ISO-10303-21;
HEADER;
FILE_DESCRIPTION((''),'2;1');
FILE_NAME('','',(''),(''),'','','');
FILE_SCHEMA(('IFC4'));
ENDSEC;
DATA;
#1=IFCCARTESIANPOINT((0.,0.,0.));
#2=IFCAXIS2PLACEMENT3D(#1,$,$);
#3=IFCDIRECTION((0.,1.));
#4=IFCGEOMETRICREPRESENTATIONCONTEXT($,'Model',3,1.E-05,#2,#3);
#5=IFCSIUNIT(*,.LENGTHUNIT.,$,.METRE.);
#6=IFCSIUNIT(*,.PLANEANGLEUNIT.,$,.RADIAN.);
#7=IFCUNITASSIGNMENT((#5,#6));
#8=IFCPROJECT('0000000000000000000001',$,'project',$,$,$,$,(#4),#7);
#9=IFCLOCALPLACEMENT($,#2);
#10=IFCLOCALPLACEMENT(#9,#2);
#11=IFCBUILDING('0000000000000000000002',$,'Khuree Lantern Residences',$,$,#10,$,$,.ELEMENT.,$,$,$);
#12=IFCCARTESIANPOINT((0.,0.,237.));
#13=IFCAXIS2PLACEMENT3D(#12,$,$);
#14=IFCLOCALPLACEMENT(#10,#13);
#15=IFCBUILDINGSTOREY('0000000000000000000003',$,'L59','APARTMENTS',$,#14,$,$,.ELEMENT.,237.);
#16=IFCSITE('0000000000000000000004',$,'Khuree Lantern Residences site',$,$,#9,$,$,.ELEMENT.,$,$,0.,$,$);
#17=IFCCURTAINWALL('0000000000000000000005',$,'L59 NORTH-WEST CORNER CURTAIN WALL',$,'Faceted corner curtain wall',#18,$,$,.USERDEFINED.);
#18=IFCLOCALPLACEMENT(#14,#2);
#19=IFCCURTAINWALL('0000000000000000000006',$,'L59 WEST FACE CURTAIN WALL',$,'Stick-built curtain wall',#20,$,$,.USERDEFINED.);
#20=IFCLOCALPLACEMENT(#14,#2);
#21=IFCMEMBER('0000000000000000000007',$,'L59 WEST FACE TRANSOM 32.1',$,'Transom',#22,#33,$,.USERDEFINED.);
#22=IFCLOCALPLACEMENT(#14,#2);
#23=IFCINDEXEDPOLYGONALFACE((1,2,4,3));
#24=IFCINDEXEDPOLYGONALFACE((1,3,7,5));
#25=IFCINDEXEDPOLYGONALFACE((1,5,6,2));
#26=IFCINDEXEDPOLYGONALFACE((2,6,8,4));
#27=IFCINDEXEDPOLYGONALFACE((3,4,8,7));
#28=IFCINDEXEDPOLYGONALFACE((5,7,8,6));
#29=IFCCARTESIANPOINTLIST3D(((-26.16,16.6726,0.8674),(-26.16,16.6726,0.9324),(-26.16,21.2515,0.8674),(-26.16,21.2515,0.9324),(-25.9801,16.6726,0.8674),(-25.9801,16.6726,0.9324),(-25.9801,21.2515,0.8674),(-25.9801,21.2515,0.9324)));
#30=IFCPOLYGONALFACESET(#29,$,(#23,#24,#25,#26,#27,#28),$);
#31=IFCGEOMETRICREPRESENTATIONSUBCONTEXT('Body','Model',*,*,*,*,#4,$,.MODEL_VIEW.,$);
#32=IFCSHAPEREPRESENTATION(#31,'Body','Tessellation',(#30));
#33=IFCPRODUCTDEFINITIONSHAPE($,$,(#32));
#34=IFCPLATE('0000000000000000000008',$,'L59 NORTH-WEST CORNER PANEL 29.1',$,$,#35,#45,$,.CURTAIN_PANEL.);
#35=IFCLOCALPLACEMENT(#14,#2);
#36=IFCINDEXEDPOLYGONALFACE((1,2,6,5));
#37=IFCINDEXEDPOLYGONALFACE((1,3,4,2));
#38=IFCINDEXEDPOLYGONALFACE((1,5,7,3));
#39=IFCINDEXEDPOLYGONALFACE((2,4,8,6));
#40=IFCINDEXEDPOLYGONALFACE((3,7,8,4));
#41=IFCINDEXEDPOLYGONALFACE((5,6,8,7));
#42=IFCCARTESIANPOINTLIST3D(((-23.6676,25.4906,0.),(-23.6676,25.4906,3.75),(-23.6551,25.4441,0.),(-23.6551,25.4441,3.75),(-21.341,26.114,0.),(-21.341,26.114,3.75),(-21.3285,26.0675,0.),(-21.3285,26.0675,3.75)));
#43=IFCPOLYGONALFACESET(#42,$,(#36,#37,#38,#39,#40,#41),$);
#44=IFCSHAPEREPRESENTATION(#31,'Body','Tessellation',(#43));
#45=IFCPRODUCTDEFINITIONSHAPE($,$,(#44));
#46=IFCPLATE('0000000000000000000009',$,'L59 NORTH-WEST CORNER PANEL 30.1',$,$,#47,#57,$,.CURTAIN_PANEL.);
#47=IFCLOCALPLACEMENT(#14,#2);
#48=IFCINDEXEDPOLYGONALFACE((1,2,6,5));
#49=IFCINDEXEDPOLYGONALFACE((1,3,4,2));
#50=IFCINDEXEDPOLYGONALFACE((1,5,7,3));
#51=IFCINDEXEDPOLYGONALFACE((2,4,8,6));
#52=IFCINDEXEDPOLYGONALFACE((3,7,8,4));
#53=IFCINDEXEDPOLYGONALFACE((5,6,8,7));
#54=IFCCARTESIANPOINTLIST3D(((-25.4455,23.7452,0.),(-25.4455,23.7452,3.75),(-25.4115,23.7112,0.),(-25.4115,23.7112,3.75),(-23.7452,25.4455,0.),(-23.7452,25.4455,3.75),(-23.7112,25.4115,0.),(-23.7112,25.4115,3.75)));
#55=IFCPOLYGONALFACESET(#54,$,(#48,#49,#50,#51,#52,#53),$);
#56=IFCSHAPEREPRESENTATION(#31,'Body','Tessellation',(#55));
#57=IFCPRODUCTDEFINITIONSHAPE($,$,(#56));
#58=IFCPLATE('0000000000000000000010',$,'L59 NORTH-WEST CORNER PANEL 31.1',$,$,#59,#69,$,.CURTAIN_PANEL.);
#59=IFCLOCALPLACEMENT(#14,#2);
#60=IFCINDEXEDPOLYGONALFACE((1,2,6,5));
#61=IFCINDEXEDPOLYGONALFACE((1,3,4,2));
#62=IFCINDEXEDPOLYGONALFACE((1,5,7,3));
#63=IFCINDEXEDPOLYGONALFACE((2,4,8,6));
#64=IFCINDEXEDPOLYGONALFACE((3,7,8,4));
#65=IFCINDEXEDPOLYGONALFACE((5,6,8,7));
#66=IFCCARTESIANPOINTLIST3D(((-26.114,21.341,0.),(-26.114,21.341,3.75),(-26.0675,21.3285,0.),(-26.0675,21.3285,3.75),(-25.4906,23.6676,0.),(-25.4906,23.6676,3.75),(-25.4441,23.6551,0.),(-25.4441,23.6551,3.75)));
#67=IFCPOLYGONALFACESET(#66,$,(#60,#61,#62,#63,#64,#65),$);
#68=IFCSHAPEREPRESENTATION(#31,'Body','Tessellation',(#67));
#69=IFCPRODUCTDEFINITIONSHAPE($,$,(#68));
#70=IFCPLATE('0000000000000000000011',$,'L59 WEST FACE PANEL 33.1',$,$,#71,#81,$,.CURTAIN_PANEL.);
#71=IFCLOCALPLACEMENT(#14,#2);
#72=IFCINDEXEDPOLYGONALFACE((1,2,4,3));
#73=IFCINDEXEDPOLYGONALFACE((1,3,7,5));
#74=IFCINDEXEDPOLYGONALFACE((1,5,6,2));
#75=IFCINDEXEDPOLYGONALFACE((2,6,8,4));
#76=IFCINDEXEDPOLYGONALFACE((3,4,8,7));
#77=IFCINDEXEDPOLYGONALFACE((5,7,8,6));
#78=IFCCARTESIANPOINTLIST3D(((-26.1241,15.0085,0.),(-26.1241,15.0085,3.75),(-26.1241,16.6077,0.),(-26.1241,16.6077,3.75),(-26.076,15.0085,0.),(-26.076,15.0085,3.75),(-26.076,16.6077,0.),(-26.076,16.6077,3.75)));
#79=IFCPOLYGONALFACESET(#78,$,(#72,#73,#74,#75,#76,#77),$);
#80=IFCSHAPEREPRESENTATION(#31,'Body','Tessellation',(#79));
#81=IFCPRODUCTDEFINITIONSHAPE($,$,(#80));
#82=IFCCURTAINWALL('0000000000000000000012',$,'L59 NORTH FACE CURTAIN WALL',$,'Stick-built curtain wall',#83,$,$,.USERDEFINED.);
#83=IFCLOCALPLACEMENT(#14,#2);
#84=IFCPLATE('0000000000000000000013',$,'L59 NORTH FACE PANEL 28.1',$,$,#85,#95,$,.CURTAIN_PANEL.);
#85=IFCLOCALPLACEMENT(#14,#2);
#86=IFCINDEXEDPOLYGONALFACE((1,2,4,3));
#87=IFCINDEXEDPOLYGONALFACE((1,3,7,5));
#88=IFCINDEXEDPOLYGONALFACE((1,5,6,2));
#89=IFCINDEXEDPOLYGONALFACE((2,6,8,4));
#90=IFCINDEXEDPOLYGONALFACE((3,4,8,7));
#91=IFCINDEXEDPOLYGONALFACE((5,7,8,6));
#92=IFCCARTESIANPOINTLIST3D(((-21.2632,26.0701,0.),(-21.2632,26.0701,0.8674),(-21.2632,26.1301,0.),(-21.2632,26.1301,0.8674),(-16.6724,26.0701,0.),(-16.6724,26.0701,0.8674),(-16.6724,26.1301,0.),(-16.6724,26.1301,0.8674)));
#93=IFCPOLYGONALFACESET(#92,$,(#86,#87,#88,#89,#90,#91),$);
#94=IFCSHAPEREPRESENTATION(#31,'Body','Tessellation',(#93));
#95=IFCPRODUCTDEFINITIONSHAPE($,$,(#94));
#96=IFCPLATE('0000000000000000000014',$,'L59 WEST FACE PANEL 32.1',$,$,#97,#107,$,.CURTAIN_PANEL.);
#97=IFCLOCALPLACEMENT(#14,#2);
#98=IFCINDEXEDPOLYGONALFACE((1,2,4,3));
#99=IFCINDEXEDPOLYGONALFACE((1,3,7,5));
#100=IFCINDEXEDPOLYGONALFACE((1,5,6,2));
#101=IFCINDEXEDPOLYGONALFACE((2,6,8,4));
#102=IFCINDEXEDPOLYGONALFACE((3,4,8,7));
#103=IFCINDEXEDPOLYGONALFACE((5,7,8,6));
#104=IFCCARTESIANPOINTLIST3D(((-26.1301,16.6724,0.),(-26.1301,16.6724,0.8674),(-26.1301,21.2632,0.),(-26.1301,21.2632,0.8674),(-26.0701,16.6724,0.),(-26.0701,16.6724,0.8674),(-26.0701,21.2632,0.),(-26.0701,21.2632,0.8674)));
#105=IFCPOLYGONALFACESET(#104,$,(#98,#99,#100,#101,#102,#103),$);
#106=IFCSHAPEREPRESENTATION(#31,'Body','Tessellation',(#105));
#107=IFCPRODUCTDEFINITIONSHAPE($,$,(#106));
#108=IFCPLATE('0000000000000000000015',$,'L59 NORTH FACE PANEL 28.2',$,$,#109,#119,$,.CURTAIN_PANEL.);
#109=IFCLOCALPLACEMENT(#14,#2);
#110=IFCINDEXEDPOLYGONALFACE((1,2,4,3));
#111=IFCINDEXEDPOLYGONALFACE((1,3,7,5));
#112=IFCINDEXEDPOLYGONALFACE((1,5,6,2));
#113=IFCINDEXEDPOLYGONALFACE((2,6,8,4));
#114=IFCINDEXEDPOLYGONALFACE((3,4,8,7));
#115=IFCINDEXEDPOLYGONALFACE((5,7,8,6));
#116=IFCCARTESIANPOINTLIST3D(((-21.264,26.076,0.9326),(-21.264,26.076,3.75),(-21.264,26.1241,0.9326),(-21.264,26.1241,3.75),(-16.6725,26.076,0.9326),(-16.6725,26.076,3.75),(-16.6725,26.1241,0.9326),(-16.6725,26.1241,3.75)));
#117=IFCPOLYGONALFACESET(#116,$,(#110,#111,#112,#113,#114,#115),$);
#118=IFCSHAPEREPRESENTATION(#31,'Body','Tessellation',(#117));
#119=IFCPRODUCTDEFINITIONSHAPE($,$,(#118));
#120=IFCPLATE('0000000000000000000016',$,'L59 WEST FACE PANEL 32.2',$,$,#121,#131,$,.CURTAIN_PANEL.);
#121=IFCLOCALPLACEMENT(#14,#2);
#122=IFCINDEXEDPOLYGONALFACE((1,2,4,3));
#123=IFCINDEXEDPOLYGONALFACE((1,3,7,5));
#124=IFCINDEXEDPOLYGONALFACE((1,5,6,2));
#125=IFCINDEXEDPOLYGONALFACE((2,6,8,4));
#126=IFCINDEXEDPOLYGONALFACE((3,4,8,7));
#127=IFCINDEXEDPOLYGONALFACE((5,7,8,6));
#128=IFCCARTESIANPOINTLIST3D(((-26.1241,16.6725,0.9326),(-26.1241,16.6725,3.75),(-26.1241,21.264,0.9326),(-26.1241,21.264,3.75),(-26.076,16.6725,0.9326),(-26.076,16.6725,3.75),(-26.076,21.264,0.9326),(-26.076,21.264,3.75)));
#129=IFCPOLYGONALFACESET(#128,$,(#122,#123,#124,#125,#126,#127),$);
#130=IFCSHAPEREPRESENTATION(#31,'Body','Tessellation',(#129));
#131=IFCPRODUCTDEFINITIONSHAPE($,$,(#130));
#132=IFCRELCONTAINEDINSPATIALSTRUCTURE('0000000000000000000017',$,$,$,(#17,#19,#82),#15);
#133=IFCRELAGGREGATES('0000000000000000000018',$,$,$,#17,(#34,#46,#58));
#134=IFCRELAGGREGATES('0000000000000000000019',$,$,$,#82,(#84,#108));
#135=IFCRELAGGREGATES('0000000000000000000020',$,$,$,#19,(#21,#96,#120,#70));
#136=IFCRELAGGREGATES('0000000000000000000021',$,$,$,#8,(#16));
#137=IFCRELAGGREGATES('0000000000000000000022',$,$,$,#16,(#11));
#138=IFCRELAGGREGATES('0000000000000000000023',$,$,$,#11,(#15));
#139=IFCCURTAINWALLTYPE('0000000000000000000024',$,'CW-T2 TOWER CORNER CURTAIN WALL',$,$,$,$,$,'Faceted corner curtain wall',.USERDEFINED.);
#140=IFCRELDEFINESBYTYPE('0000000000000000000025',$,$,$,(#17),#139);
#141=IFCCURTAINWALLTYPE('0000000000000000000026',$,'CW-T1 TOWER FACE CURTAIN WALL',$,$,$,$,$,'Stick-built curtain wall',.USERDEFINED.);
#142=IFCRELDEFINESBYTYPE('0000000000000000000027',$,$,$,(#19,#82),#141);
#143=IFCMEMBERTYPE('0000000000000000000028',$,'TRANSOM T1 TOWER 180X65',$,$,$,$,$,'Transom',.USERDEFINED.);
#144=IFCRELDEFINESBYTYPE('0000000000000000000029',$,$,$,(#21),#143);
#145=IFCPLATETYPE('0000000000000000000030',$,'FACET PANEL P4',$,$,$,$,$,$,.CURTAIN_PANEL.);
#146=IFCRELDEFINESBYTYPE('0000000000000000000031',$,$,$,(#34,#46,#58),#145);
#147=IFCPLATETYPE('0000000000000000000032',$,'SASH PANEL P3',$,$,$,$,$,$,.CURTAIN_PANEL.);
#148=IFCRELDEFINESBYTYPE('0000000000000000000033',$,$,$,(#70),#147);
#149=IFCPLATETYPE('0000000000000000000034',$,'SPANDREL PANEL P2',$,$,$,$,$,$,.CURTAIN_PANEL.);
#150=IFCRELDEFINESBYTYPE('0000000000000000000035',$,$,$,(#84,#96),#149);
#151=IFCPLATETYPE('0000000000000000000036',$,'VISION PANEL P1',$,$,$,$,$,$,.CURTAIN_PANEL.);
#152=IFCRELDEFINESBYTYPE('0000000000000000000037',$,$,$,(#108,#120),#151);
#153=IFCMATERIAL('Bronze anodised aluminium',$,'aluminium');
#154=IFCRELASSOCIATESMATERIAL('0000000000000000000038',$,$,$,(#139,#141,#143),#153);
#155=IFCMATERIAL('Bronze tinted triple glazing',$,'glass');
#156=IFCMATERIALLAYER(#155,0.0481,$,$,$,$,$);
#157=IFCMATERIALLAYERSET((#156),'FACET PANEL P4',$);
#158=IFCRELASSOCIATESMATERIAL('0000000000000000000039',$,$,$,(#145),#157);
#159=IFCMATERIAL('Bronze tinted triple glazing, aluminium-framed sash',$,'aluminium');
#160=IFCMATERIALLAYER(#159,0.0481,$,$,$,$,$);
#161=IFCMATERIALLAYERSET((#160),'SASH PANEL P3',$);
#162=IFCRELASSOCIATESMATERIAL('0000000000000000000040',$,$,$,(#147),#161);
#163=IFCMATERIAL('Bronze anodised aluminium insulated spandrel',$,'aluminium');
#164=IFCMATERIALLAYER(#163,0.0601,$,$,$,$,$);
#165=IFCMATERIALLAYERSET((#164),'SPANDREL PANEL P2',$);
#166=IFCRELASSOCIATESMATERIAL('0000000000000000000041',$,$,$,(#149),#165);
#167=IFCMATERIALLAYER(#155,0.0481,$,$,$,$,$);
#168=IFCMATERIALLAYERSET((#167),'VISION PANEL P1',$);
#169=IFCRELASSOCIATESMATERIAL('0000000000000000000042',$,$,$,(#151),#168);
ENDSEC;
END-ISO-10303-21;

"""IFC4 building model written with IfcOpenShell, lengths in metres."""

from ifc_helpers import new_model, si_unit, direction, frame, origin, origin_2d, place, context, subcontext, project, spatial, rectangle, extrude, material, layer, layer_set, material_profile, profile_set, type_object, element, aggregate, save


model = new_model("IFC4")

# Units and contexts
model_context = context("Model", 3, precision=1e-05, world=origin(), true_north=direction((0.0, 1.0)))
body_context = subcontext(model_context, "Body", "Model", "MODEL_VIEW")
ifc_project = project(units=[si_unit("LENGTHUNIT", "METRE"), si_unit("PLANEANGLEUNIT", "RADIAN")], contexts=[model_context])

# Site, building, storey
site_placement = place(None, origin())
site = spatial("IfcSite", under=ifc_project, at=site_placement, Name="Khuree Lantern Residences site", CompositionType="ELEMENT", RefElevation=0.0)
building_placement = place(site_placement, origin())
building = spatial("IfcBuilding", under=site, at=building_placement, Name="Khuree Lantern Residences", CompositionType="ELEMENT")
storey_placement = place(building_placement, frame((0.0, 0.0, 237.0)))
storey = spatial("IfcBuildingStorey", under=building, at=storey_placement, Name="L59", Description="APARTMENTS", CompositionType="ELEMENT", Elevation=237.0)

# Curtain walls
ifc_material_1 = material(Name="Bronze anodised aluminium", Category="aluminium")
curtain_wall_type_1 = type_object("IfcCurtainWallType", Name="CW-T2 TOWER CORNER CURTAIN WALL", ElementType="Faceted corner curtain wall", PredefinedType="USERDEFINED", material=ifc_material_1)
curtain_wall_1_placement = place(storey_placement, origin())
curtain_wall_1 = element("IfcCurtainWall", 1, at=curtain_wall_1_placement, inside=storey, type_object=curtain_wall_type_1, Name="L59 NORTH-WEST CORNER CURTAIN WALL", ObjectType="Faceted corner curtain wall", PredefinedType="USERDEFINED")
curtain_wall_type_2 = type_object("IfcCurtainWallType", Name="CW-T1 TOWER FACE CURTAIN WALL", ElementType="Stick-built curtain wall", PredefinedType="USERDEFINED", material=ifc_material_1)
curtain_wall_2_placement = place(storey_placement, origin())
curtain_wall_2 = element("IfcCurtainWall", 2, at=curtain_wall_2_placement, inside=storey, type_object=curtain_wall_type_2, Name="L59 WEST FACE CURTAIN WALL", ObjectType="Stick-built curtain wall", PredefinedType="USERDEFINED")

# Member
ifc_material_profile_1 = material_profile(ifc_material_1, rectangle(XDim=0.1799, YDim=0.0649, at=origin_2d()), Name="T1 180X65")
ifc_profile_set_1 = profile_set([ifc_material_profile_1], Name="Bronze anodised aluminium")
member_type_1 = type_object("IfcMemberType", Name="TRANSOM T1 TOWER 180X65", ElementType="Transom", PredefinedType="USERDEFINED", material=ifc_profile_set_1)
member_1_placement = place(storey_placement, frame((-26.0701, 21.2515, 0.8999), z_axis=(0.0, -1.0, 0.0), x_axis=(1.0, 0.0, 0.0)))
member_1 = element("IfcMember", 3, at=member_1_placement, type_object=member_type_1, Name="L59 WEST FACE TRANSOM 32.1", ObjectType="Transom", PredefinedType="USERDEFINED", context=body_context, shape_type="SweptSolid", body=[
    extrude(rectangle(XDim=0.1799, YDim=0.0649, at=origin_2d()), origin(), (0.0, 0.0, 1.0), 4.5789),
])

# Plates
ifc_material_2 = material(Name="Bronze tinted triple glazing", Category="glass")
ifc_layer_1 = layer(ifc_material_2, 0.0481)
ifc_layer_set_1 = layer_set([ifc_layer_1], Name="FACET PANEL P4")
plate_type_1 = type_object("IfcPlateType", Name="FACET PANEL P4", PredefinedType="CURTAIN_PANEL", material=ifc_layer_set_1)
plate_1_placement = place(storey_placement, frame((-22.498, 25.7791, 0.0), z_axis=(0.0, 0.0, 1.0), x_axis=(-0.965926, -0.258819, 0.0)))
plate_1 = element("IfcPlate", 4, at=plate_1_placement, type_object=plate_type_1, Name="L59 NORTH-WEST CORNER PANEL 29.1", PredefinedType="CURTAIN_PANEL", context=body_context, shape_type="SweptSolid", body=[
    extrude(rectangle(XDim=2.4087, YDim=0.0481, at=origin_2d()), origin(), (0.0, 0.0, 1.0), 3.75),
])
plate_2_placement = place(storey_placement, frame((-24.5784, 24.5784, 0.0), z_axis=(0.0, 0.0, 1.0), x_axis=(-0.707107, -0.707107, 0.0)))
plate_2 = element("IfcPlate", 5, at=plate_2_placement, type_object=plate_type_1, Name="L59 NORTH-WEST CORNER PANEL 30.1", PredefinedType="CURTAIN_PANEL", context=body_context, shape_type="SweptSolid", body=[
    extrude(rectangle(XDim=2.4045, YDim=0.0481, at=origin_2d()), origin(), (0.0, 0.0, 1.0), 3.75),
])
plate_3_placement = place(storey_placement, frame((-25.7791, 22.498, 0.0), z_axis=(0.0, 0.0, 1.0), x_axis=(-0.258819, -0.965926, 0.0)))
plate_3 = element("IfcPlate", 6, at=plate_3_placement, type_object=plate_type_1, Name="L59 NORTH-WEST CORNER PANEL 31.1", PredefinedType="CURTAIN_PANEL", context=body_context, shape_type="SweptSolid", body=[
    extrude(rectangle(XDim=2.4087, YDim=0.0481, at=origin_2d()), origin(), (0.0, 0.0, 1.0), 3.75),
])
aggregate(curtain_wall_1, [plate_1, plate_2, plate_3])
ifc_material_3 = material(Name="Bronze tinted triple glazing, aluminium-framed sash", Category="aluminium")
ifc_layer_2 = layer(ifc_material_3, 0.0481)
ifc_layer_set_2 = layer_set([ifc_layer_2], Name="SASH PANEL P3")
plate_type_2 = type_object("IfcPlateType", Name="SASH PANEL P3", PredefinedType="CURTAIN_PANEL", material=ifc_layer_set_2)
plate_4_placement = place(storey_placement, frame((-26.1001, 15.8081, 0.0), z_axis=(0.0, 0.0, 1.0), x_axis=(0.0, -1.0, 0.0)))
plate_4 = element("IfcPlate", 7, at=plate_4_placement, type_object=plate_type_2, Name="L59 WEST FACE PANEL 33.1", PredefinedType="CURTAIN_PANEL", context=body_context, shape_type="SweptSolid", body=[
    extrude(rectangle(XDim=1.5991, YDim=0.0481, at=origin_2d()), origin(), (0.0, 0.0, 1.0), 3.75),
])

# Curtain wall, plate
curtain_wall_3_placement = place(storey_placement, origin())
curtain_wall_3 = element("IfcCurtainWall", 8, at=curtain_wall_3_placement, inside=storey, type_object=curtain_wall_type_2, Name="L59 NORTH FACE CURTAIN WALL", ObjectType="Stick-built curtain wall", PredefinedType="USERDEFINED")
ifc_material_4 = material(Name="Bronze anodised aluminium insulated spandrel", Category="aluminium")
ifc_layer_3 = layer(ifc_material_4, 0.0601)
ifc_layer_set_3 = layer_set([ifc_layer_3], Name="SPANDREL PANEL P2")
plate_type_3 = type_object("IfcPlateType", Name="SPANDREL PANEL P2", PredefinedType="CURTAIN_PANEL", material=ifc_layer_set_3)
plate_5_placement = place(storey_placement, frame((-18.9678, 26.1001, 0.0), z_axis=(0.0, 0.0, 1.0), x_axis=(-1.0, 0.0, 0.0)))
plate_5 = element("IfcPlate", 9, at=plate_5_placement, type_object=plate_type_3, Name="L59 NORTH FACE PANEL 28.1", PredefinedType="CURTAIN_PANEL", context=body_context, shape_type="SweptSolid", body=[
    extrude(rectangle(XDim=4.5908, YDim=0.0601, at=origin_2d()), origin(), (0.0, 0.0, 1.0), 0.8674),
])

# Plates
plate_6_placement = place(storey_placement, frame((-26.1001, 18.9678, 0.0), z_axis=(0.0, 0.0, 1.0), x_axis=(0.0, -1.0, 0.0)))
plate_6 = element("IfcPlate", 10, at=plate_6_placement, type_object=plate_type_3, Name="L59 WEST FACE PANEL 32.1", PredefinedType="CURTAIN_PANEL", context=body_context, shape_type="SweptSolid", body=[
    extrude(rectangle(XDim=4.5908, YDim=0.0601, at=origin_2d()), origin(), (0.0, 0.0, 1.0), 0.8674),
])
ifc_layer_4 = layer(ifc_material_2, 0.0481)
ifc_layer_set_4 = layer_set([ifc_layer_4], Name="VISION PANEL P1")
plate_type_4 = type_object("IfcPlateType", Name="VISION PANEL P1", PredefinedType="CURTAIN_PANEL", material=ifc_layer_set_4)
plate_7_placement = place(storey_placement, frame((-18.9683, 26.1001, 0.9326), z_axis=(0.0, 0.0, 1.0), x_axis=(-1.0, 0.0, 0.0)))
plate_7 = element("IfcPlate", 11, at=plate_7_placement, type_object=plate_type_4, Name="L59 NORTH FACE PANEL 28.2", PredefinedType="CURTAIN_PANEL", context=body_context, shape_type="SweptSolid", body=[
    extrude(rectangle(XDim=4.5916, YDim=0.0481, at=origin_2d()), origin(), (0.0, 0.0, 1.0), 2.8174),
])
aggregate(curtain_wall_3, [plate_5, plate_7])
plate_8_placement = place(storey_placement, frame((-26.1001, 18.9683, 0.9326), z_axis=(0.0, 0.0, 1.0), x_axis=(0.0, -1.0, 0.0)))
plate_8 = element("IfcPlate", 12, at=plate_8_placement, type_object=plate_type_4, Name="L59 WEST FACE PANEL 32.2", PredefinedType="CURTAIN_PANEL", context=body_context, shape_type="SweptSolid", body=[
    extrude(rectangle(XDim=4.5916, YDim=0.0481, at=origin_2d()), origin(), (0.0, 0.0, 1.0), 2.8174),
])
aggregate(curtain_wall_2, [member_1, plate_6, plate_8, plate_4])

save(model, "model.ifc")
